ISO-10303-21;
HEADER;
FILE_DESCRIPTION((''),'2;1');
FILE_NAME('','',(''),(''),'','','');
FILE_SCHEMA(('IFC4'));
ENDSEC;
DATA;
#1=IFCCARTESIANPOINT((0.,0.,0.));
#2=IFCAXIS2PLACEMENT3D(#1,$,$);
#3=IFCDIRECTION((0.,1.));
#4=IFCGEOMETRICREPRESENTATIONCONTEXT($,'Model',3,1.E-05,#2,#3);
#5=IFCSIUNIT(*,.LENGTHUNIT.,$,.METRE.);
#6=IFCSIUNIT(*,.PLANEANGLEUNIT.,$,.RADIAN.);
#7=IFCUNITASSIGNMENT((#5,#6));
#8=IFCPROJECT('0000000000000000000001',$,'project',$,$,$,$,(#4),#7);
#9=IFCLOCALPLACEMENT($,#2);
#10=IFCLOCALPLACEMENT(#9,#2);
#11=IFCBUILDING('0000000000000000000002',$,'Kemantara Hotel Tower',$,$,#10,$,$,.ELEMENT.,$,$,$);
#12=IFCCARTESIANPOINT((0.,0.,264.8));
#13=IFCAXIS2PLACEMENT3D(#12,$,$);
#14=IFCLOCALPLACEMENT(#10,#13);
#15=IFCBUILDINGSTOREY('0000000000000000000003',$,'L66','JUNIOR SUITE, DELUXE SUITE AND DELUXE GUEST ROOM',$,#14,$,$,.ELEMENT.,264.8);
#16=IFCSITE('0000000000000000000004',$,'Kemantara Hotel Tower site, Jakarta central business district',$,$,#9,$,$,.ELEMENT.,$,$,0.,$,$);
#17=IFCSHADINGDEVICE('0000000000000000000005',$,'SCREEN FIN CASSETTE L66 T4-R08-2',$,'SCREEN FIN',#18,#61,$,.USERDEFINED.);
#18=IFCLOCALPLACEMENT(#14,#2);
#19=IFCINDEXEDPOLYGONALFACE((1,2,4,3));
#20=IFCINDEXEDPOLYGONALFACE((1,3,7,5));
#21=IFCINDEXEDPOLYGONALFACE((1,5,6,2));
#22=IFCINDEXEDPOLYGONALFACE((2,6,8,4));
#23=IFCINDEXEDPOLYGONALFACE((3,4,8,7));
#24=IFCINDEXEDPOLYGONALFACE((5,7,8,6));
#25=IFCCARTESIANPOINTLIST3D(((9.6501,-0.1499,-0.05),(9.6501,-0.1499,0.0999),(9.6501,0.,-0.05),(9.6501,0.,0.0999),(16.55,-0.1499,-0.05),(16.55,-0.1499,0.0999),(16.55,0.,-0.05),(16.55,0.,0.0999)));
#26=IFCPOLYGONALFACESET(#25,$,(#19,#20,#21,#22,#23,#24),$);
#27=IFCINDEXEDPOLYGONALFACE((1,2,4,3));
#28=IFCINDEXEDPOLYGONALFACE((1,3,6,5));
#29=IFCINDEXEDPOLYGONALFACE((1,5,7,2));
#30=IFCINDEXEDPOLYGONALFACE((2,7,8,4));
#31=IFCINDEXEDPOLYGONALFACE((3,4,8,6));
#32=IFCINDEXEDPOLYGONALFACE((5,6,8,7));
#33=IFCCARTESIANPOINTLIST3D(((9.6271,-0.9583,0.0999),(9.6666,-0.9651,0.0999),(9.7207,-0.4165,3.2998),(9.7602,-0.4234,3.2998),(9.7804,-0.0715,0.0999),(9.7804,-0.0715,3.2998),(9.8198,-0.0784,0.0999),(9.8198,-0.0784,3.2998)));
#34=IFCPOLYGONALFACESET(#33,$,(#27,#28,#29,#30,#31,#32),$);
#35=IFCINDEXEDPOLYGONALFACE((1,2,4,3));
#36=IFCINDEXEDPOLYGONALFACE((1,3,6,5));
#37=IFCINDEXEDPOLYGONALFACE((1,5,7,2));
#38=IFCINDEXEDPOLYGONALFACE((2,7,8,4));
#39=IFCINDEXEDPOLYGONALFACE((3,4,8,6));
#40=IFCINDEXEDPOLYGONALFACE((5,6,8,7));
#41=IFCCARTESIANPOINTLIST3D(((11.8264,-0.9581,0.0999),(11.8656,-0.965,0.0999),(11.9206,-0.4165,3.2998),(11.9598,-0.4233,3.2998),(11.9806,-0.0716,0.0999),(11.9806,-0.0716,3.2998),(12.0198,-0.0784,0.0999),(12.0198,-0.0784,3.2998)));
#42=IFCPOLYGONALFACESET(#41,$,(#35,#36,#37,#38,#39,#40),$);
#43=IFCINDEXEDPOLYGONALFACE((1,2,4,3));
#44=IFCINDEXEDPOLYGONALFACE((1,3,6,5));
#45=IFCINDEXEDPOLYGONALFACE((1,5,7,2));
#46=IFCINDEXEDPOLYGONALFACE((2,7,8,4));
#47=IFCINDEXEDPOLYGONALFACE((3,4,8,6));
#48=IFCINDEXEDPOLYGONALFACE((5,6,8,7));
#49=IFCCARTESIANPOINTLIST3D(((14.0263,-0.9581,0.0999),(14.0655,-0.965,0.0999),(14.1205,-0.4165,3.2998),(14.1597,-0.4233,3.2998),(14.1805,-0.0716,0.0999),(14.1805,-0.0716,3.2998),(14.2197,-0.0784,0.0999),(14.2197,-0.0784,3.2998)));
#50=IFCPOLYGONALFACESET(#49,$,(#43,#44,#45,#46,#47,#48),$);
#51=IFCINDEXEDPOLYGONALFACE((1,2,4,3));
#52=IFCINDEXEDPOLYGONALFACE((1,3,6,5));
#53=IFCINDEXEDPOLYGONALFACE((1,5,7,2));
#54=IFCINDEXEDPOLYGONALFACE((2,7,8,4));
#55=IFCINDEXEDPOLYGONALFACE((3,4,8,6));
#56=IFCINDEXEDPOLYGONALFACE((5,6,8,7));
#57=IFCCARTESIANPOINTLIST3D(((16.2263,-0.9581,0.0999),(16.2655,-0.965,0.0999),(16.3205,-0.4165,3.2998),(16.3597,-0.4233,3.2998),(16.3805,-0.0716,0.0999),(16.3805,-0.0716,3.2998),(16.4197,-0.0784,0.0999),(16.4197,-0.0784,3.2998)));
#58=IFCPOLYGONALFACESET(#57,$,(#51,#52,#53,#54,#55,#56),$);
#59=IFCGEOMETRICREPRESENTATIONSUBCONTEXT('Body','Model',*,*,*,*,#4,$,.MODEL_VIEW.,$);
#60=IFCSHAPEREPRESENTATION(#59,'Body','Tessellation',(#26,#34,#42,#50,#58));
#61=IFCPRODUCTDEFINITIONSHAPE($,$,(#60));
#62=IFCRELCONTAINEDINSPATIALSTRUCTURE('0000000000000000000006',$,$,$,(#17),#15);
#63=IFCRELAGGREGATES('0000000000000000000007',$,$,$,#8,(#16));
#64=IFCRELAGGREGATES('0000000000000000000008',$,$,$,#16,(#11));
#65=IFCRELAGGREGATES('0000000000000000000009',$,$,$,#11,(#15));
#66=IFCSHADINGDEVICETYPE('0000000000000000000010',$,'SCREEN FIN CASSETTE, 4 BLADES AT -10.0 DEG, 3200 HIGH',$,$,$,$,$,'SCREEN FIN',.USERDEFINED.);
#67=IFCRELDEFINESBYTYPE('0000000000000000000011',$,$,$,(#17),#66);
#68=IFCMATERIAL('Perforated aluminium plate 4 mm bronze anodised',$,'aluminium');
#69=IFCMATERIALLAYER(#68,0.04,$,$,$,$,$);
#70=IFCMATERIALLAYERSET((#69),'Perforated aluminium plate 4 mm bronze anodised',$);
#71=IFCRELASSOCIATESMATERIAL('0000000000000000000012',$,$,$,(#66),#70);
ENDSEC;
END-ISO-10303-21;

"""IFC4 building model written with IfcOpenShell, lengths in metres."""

from ifc_helpers import new_model, si_unit, direction, frame, origin, origin_2d, place, context, subcontext, project, spatial, polyline, rectangle, outline, extrude, source, transform, mapped, material, layer, layer_set, type_object, element, save


model = new_model("IFC4")

# Units and contexts
model_context = context("Model", 3, precision=1e-05, world=origin(), true_north=direction((0.0, 1.0)))
body_context = subcontext(model_context, "Body", "Model", "MODEL_VIEW")
ifc_project = project(units=[si_unit("LENGTHUNIT", "METRE"), si_unit("PLANEANGLEUNIT", "RADIAN")], contexts=[model_context])

# Site, building, storey
site_placement = place(None, origin())
site = spatial("IfcSite", under=ifc_project, at=site_placement, Name="Kemantara Hotel Tower site, Jakarta central business district", CompositionType="ELEMENT", RefElevation=0.0)
building_placement = place(site_placement, origin())
building = spatial("IfcBuilding", under=site, at=building_placement, Name="Kemantara Hotel Tower", CompositionType="ELEMENT")
storey_placement = place(building_placement, frame((0.0, 0.0, 264.8)))
storey = spatial("IfcBuildingStorey", under=building, at=storey_placement, Name="L66", Description="JUNIOR SUITE, DELUXE SUITE AND DELUXE GUEST ROOM", CompositionType="ELEMENT", Elevation=264.8)

# Shading device
ifc_material_1 = material(Name="Perforated aluminium plate 4 mm bronze anodised", Category="aluminium")
ifc_layer_1 = layer(ifc_material_1, 0.04)
ifc_layer_set_1 = layer_set([ifc_layer_1], Name="Perforated aluminium plate 4 mm bronze anodised")
shading_device_type_1 = type_object("IfcShadingDeviceType", Name="SCREEN FIN CASSETTE, 4 BLADES AT -10.0 DEG, 3200 HIGH", ElementType="SCREEN FIN", PredefinedType="USERDEFINED", material=ifc_layer_set_1)
shared_shape_1 = source(origin(), body_context, "Body", "SweptSolid", [
    extrude(rectangle(XDim=6.8999, YDim=0.1499, at=origin_2d()), frame((3.3, -0.075, -0.1499), z_axis=(0.0, 0.0, 1.0), x_axis=(1.0, 0.0, 0.0)), (0.0, 0.0, 1.0), 0.1499),
    extrude(outline(polyline([(0.0, 0.0), (0.8999, 0.0), (0.3501, 3.2), (0.0, 3.2), (0.0, 0.0)])), frame((0.0198, -0.0784, 0.0), z_axis=(-0.98539, 0.170314, 0.0), x_axis=(-0.170314, -0.98539, 0.0)), (0.0, 0.0, 1.0), 0.04),
    extrude(outline(polyline([(0.0, 0.0), (0.8999, 0.0), (0.3501, 3.2), (0.0, 3.2), (0.0, 0.0)])), frame((2.2197, -0.0784, 0.0), z_axis=(-0.985212, 0.171341, 0.0), x_axis=(-0.171341, -0.985212, 0.0)), (0.0, 0.0, 1.0), 0.0398),
    extrude(outline(polyline([(0.0, 0.0), (0.8999, 0.0), (0.3501, 3.2), (0.0, 3.2), (0.0, 0.0)])), frame((4.4197, -0.0784, 0.0), z_axis=(-0.985212, 0.171341, 0.0), x_axis=(-0.171341, -0.985212, 0.0)), (0.0, 0.0, 1.0), 0.0398),
    extrude(outline(polyline([(0.0, 0.0), (0.8999, 0.0), (0.3501, 3.2), (0.0, 3.2), (0.0, 0.0)])), frame((6.6196, -0.0784, 0.0), z_axis=(-0.985212, 0.171341, 0.0), x_axis=(-0.171341, -0.985212, 0.0)), (0.0, 0.0, 1.0), 0.0398),
])
shading_device_1_placement = place(storey_placement, frame((9.8, 0.0, 0.0999), z_axis=(0.0, 0.0, 1.0), x_axis=(1.0, 0.0, 0.0)))
element("IfcShadingDevice", 1, at=shading_device_1_placement, inside=storey, type_object=shading_device_type_1, Name="SCREEN FIN CASSETTE L66 T4-R08-2", ObjectType="SCREEN FIN", PredefinedType="USERDEFINED", context=body_context, shape_type="MappedRepresentation", body=[
    mapped(shared_shape_1, transform((0.0, 0.0, 0.0))),
])

save(model, "model.ifc")
